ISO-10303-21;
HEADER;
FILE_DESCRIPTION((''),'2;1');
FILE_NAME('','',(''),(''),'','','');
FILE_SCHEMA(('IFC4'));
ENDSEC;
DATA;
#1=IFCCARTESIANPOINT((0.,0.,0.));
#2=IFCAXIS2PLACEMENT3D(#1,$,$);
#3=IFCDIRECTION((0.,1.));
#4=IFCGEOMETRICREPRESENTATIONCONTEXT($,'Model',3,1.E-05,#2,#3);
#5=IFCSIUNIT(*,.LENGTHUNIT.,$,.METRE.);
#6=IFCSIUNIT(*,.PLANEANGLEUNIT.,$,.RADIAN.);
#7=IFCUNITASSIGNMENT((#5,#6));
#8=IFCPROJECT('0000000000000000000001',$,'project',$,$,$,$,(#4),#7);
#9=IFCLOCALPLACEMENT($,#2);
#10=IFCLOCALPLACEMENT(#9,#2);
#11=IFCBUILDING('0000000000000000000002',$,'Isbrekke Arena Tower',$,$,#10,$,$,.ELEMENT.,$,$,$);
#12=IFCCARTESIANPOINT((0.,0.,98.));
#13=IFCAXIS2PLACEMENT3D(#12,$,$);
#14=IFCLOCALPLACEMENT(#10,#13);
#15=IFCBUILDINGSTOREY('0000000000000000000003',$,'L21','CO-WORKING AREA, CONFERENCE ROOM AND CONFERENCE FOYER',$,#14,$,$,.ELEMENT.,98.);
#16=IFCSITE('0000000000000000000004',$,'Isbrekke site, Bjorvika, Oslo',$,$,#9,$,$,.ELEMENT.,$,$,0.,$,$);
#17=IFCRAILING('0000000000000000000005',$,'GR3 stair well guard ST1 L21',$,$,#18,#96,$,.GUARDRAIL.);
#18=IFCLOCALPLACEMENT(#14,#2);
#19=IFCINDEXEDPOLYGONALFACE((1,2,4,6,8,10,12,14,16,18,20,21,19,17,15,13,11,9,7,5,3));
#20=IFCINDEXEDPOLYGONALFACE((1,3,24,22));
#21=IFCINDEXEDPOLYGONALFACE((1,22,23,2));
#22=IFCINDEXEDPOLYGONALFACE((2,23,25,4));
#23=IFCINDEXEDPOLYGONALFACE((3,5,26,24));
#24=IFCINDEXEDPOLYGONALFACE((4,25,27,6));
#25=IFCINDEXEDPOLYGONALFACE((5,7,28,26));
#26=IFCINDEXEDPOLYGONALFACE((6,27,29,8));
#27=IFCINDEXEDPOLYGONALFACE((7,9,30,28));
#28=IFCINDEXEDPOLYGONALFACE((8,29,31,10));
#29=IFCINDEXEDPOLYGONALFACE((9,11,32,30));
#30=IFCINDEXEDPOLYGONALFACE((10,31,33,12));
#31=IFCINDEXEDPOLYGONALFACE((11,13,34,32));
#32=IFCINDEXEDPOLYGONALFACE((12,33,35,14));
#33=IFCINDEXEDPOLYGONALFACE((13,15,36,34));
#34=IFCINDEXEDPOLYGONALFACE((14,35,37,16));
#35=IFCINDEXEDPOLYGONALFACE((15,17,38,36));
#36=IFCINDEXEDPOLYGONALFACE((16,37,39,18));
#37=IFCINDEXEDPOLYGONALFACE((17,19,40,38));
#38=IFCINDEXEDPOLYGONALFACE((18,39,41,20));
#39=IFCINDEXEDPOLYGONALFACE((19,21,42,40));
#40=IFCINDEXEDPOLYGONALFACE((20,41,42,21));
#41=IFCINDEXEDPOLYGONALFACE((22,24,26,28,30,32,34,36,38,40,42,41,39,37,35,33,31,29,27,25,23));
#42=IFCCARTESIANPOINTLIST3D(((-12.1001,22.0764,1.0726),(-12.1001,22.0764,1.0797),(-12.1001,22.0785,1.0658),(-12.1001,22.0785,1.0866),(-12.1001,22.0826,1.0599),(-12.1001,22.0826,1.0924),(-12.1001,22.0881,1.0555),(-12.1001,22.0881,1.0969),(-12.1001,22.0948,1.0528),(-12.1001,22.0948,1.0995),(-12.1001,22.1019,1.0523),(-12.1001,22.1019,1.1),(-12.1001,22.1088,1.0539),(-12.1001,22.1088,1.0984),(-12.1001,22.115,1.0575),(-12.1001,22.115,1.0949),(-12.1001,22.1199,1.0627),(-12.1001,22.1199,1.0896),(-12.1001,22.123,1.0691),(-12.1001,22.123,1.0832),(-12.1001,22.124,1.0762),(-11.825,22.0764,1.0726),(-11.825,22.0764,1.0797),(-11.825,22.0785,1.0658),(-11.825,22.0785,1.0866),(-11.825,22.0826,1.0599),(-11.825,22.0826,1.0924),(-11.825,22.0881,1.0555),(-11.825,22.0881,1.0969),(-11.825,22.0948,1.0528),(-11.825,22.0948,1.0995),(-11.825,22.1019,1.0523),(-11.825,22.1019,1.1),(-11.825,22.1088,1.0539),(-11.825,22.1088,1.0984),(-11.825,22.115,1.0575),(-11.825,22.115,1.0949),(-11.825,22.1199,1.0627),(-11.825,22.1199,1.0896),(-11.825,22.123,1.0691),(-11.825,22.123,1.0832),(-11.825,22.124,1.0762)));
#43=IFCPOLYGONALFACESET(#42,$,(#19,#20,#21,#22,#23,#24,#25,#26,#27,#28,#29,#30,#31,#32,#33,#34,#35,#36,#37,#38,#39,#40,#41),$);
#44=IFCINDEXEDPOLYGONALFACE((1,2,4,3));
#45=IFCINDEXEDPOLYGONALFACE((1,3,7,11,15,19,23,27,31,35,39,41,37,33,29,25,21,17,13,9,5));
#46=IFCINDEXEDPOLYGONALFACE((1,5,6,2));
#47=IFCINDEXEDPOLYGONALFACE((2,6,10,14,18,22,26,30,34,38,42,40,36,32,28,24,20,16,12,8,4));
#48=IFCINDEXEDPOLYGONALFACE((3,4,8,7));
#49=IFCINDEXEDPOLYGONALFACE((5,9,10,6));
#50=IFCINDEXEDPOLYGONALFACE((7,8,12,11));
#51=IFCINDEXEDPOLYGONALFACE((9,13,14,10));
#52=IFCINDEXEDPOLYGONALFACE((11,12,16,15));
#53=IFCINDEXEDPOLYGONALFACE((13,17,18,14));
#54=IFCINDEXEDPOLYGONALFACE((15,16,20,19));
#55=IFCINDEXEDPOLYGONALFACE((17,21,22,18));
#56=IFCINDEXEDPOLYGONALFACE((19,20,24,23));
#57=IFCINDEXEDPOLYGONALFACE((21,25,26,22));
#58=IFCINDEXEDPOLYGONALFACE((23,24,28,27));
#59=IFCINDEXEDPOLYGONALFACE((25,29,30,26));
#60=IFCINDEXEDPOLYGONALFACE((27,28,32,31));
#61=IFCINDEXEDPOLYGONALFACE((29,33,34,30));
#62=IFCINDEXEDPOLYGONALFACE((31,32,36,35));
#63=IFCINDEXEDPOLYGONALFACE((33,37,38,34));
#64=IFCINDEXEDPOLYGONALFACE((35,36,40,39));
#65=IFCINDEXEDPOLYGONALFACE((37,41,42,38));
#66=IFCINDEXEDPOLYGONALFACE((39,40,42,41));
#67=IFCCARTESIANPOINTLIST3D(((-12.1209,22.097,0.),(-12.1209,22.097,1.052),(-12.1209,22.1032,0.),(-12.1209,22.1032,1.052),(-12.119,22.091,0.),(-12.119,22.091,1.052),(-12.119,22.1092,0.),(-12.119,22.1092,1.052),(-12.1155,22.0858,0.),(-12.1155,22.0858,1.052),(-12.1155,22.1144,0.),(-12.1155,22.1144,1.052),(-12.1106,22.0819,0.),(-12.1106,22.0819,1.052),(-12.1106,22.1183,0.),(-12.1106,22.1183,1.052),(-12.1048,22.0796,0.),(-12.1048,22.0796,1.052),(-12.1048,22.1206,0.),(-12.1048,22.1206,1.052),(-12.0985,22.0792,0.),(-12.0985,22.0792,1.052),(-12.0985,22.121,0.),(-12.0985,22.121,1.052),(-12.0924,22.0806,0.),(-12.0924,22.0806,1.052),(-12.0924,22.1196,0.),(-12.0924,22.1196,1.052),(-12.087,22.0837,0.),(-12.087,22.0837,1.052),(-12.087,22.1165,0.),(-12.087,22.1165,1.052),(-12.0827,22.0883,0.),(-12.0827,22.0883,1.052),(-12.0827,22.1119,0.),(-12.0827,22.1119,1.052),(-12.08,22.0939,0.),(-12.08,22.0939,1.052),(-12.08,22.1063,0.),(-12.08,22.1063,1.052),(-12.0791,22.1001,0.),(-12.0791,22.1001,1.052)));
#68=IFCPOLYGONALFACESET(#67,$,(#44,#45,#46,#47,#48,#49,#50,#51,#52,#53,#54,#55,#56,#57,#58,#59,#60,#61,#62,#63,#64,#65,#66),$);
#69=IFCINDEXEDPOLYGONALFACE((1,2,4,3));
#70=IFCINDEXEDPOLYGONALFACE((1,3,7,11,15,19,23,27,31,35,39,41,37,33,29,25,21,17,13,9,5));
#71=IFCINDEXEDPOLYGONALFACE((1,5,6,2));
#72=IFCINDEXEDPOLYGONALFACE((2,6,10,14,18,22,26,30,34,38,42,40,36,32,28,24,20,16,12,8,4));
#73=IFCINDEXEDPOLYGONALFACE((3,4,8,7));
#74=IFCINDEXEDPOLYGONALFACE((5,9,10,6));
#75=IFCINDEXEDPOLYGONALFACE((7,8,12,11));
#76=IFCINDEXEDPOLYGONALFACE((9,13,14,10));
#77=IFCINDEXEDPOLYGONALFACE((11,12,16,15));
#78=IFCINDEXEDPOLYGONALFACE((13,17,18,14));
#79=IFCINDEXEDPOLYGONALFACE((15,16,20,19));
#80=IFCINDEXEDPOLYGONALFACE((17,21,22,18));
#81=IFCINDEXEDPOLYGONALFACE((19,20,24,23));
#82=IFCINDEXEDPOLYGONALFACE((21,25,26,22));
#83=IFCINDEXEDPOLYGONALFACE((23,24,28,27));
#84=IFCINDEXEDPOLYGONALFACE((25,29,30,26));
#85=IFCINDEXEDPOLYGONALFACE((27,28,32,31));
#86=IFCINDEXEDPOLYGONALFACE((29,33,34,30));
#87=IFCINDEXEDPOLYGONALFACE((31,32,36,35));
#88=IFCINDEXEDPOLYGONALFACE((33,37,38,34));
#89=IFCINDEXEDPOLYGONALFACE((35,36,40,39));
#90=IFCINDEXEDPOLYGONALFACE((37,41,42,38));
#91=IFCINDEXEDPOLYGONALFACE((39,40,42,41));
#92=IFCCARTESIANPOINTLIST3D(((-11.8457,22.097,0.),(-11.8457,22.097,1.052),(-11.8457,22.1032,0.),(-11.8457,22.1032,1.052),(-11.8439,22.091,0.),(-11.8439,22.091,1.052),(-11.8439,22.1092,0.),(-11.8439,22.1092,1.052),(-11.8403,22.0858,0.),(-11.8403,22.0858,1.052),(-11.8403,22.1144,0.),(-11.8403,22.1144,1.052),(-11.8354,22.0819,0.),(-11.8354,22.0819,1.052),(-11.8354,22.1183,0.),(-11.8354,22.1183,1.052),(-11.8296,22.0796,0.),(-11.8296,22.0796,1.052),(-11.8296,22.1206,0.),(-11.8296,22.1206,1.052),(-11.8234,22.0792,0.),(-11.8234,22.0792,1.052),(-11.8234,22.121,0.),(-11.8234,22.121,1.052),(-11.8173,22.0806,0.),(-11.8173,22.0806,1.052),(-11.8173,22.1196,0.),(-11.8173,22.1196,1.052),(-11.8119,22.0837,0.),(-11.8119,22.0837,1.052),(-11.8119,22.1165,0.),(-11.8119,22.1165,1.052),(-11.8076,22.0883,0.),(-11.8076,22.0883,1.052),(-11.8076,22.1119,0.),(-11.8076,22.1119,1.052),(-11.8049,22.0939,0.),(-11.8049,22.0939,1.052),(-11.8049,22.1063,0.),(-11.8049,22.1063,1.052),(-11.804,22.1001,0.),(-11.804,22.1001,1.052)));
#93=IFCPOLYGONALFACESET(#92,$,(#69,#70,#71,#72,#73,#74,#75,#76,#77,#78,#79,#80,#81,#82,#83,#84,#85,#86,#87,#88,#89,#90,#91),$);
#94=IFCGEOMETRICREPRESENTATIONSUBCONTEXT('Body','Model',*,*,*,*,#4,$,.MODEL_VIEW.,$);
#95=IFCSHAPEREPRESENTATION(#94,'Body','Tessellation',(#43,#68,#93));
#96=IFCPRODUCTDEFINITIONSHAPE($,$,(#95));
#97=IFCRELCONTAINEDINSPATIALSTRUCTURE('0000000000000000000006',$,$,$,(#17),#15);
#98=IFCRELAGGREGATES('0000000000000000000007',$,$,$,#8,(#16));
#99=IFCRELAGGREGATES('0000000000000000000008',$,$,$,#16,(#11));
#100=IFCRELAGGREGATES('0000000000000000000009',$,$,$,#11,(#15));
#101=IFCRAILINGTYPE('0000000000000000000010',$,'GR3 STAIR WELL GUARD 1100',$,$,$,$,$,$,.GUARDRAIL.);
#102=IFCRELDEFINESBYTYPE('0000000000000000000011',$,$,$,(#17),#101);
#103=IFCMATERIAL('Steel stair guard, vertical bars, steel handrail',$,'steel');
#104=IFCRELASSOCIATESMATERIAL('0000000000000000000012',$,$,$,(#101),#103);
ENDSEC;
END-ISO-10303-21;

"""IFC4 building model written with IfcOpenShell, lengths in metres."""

from ifc_helpers import new_model, si_unit, direction, frame, origin, origin_2d, place, context, subcontext, project, spatial, circle, extrude, material, type_object, element, save


model = new_model("IFC4")

# Units and contexts
model_context = context("Model", 3, precision=1e-05, world=origin(), true_north=direction((0.0, 1.0)))
body_context = subcontext(model_context, "Body", "Model", "MODEL_VIEW")
ifc_project = project(units=[si_unit("LENGTHUNIT", "METRE"), si_unit("PLANEANGLEUNIT", "RADIAN")], contexts=[model_context])

# Site, building, storey
site_placement = place(None, origin())
site = spatial("IfcSite", under=ifc_project, at=site_placement, Name="Isbrekke site, Bjorvika, Oslo", CompositionType="ELEMENT", RefElevation=0.0)
building_placement = place(site_placement, origin())
building = spatial("IfcBuilding", under=site, at=building_placement, Name="Isbrekke Arena Tower", CompositionType="ELEMENT")
storey_placement = place(building_placement, frame((0.0, 0.0, 98.0)))
storey = spatial("IfcBuildingStorey", under=building, at=storey_placement, Name="L21", Description="CO-WORKING AREA, CONFERENCE ROOM AND CONFERENCE FOYER", CompositionType="ELEMENT", Elevation=98.0)

# Railing
ifc_material_1 = material(Name="Steel stair guard, vertical bars, steel handrail", Category="steel")
railing_type = type_object("IfcRailingType", Name="GR3 STAIR WELL GUARD 1100", PredefinedType="GUARDRAIL", material=ifc_material_1)
railing_placement = place(storey_placement, frame((-12.1001, 22.1001, 0.0)))
element("IfcRailing", 1, at=railing_placement, inside=storey, type_object=railing_type, Name="GR3 stair well guard ST1 L21", PredefinedType="GUARDRAIL", context=body_context, shape_type="SweptSolid", body=[
    extrude(circle(Radius=0.0239, at=origin_2d()), frame((0.0, 0.0, 1.0762), z_axis=(1.0, 0.0, 0.0), x_axis=(0.0, 1.0, 0.0)), (0.0, 0.0, 1.0), 0.2751),
    extrude(circle(Radius=0.021, at=origin_2d()), origin(), (0.0, 0.0, 1.0), 1.052),
    extrude(circle(Radius=0.021, at=origin_2d()), frame((0.2751, 0.0, 0.0)), (0.0, 0.0, 1.0), 1.052),
])

save(model, "model.ifc")
